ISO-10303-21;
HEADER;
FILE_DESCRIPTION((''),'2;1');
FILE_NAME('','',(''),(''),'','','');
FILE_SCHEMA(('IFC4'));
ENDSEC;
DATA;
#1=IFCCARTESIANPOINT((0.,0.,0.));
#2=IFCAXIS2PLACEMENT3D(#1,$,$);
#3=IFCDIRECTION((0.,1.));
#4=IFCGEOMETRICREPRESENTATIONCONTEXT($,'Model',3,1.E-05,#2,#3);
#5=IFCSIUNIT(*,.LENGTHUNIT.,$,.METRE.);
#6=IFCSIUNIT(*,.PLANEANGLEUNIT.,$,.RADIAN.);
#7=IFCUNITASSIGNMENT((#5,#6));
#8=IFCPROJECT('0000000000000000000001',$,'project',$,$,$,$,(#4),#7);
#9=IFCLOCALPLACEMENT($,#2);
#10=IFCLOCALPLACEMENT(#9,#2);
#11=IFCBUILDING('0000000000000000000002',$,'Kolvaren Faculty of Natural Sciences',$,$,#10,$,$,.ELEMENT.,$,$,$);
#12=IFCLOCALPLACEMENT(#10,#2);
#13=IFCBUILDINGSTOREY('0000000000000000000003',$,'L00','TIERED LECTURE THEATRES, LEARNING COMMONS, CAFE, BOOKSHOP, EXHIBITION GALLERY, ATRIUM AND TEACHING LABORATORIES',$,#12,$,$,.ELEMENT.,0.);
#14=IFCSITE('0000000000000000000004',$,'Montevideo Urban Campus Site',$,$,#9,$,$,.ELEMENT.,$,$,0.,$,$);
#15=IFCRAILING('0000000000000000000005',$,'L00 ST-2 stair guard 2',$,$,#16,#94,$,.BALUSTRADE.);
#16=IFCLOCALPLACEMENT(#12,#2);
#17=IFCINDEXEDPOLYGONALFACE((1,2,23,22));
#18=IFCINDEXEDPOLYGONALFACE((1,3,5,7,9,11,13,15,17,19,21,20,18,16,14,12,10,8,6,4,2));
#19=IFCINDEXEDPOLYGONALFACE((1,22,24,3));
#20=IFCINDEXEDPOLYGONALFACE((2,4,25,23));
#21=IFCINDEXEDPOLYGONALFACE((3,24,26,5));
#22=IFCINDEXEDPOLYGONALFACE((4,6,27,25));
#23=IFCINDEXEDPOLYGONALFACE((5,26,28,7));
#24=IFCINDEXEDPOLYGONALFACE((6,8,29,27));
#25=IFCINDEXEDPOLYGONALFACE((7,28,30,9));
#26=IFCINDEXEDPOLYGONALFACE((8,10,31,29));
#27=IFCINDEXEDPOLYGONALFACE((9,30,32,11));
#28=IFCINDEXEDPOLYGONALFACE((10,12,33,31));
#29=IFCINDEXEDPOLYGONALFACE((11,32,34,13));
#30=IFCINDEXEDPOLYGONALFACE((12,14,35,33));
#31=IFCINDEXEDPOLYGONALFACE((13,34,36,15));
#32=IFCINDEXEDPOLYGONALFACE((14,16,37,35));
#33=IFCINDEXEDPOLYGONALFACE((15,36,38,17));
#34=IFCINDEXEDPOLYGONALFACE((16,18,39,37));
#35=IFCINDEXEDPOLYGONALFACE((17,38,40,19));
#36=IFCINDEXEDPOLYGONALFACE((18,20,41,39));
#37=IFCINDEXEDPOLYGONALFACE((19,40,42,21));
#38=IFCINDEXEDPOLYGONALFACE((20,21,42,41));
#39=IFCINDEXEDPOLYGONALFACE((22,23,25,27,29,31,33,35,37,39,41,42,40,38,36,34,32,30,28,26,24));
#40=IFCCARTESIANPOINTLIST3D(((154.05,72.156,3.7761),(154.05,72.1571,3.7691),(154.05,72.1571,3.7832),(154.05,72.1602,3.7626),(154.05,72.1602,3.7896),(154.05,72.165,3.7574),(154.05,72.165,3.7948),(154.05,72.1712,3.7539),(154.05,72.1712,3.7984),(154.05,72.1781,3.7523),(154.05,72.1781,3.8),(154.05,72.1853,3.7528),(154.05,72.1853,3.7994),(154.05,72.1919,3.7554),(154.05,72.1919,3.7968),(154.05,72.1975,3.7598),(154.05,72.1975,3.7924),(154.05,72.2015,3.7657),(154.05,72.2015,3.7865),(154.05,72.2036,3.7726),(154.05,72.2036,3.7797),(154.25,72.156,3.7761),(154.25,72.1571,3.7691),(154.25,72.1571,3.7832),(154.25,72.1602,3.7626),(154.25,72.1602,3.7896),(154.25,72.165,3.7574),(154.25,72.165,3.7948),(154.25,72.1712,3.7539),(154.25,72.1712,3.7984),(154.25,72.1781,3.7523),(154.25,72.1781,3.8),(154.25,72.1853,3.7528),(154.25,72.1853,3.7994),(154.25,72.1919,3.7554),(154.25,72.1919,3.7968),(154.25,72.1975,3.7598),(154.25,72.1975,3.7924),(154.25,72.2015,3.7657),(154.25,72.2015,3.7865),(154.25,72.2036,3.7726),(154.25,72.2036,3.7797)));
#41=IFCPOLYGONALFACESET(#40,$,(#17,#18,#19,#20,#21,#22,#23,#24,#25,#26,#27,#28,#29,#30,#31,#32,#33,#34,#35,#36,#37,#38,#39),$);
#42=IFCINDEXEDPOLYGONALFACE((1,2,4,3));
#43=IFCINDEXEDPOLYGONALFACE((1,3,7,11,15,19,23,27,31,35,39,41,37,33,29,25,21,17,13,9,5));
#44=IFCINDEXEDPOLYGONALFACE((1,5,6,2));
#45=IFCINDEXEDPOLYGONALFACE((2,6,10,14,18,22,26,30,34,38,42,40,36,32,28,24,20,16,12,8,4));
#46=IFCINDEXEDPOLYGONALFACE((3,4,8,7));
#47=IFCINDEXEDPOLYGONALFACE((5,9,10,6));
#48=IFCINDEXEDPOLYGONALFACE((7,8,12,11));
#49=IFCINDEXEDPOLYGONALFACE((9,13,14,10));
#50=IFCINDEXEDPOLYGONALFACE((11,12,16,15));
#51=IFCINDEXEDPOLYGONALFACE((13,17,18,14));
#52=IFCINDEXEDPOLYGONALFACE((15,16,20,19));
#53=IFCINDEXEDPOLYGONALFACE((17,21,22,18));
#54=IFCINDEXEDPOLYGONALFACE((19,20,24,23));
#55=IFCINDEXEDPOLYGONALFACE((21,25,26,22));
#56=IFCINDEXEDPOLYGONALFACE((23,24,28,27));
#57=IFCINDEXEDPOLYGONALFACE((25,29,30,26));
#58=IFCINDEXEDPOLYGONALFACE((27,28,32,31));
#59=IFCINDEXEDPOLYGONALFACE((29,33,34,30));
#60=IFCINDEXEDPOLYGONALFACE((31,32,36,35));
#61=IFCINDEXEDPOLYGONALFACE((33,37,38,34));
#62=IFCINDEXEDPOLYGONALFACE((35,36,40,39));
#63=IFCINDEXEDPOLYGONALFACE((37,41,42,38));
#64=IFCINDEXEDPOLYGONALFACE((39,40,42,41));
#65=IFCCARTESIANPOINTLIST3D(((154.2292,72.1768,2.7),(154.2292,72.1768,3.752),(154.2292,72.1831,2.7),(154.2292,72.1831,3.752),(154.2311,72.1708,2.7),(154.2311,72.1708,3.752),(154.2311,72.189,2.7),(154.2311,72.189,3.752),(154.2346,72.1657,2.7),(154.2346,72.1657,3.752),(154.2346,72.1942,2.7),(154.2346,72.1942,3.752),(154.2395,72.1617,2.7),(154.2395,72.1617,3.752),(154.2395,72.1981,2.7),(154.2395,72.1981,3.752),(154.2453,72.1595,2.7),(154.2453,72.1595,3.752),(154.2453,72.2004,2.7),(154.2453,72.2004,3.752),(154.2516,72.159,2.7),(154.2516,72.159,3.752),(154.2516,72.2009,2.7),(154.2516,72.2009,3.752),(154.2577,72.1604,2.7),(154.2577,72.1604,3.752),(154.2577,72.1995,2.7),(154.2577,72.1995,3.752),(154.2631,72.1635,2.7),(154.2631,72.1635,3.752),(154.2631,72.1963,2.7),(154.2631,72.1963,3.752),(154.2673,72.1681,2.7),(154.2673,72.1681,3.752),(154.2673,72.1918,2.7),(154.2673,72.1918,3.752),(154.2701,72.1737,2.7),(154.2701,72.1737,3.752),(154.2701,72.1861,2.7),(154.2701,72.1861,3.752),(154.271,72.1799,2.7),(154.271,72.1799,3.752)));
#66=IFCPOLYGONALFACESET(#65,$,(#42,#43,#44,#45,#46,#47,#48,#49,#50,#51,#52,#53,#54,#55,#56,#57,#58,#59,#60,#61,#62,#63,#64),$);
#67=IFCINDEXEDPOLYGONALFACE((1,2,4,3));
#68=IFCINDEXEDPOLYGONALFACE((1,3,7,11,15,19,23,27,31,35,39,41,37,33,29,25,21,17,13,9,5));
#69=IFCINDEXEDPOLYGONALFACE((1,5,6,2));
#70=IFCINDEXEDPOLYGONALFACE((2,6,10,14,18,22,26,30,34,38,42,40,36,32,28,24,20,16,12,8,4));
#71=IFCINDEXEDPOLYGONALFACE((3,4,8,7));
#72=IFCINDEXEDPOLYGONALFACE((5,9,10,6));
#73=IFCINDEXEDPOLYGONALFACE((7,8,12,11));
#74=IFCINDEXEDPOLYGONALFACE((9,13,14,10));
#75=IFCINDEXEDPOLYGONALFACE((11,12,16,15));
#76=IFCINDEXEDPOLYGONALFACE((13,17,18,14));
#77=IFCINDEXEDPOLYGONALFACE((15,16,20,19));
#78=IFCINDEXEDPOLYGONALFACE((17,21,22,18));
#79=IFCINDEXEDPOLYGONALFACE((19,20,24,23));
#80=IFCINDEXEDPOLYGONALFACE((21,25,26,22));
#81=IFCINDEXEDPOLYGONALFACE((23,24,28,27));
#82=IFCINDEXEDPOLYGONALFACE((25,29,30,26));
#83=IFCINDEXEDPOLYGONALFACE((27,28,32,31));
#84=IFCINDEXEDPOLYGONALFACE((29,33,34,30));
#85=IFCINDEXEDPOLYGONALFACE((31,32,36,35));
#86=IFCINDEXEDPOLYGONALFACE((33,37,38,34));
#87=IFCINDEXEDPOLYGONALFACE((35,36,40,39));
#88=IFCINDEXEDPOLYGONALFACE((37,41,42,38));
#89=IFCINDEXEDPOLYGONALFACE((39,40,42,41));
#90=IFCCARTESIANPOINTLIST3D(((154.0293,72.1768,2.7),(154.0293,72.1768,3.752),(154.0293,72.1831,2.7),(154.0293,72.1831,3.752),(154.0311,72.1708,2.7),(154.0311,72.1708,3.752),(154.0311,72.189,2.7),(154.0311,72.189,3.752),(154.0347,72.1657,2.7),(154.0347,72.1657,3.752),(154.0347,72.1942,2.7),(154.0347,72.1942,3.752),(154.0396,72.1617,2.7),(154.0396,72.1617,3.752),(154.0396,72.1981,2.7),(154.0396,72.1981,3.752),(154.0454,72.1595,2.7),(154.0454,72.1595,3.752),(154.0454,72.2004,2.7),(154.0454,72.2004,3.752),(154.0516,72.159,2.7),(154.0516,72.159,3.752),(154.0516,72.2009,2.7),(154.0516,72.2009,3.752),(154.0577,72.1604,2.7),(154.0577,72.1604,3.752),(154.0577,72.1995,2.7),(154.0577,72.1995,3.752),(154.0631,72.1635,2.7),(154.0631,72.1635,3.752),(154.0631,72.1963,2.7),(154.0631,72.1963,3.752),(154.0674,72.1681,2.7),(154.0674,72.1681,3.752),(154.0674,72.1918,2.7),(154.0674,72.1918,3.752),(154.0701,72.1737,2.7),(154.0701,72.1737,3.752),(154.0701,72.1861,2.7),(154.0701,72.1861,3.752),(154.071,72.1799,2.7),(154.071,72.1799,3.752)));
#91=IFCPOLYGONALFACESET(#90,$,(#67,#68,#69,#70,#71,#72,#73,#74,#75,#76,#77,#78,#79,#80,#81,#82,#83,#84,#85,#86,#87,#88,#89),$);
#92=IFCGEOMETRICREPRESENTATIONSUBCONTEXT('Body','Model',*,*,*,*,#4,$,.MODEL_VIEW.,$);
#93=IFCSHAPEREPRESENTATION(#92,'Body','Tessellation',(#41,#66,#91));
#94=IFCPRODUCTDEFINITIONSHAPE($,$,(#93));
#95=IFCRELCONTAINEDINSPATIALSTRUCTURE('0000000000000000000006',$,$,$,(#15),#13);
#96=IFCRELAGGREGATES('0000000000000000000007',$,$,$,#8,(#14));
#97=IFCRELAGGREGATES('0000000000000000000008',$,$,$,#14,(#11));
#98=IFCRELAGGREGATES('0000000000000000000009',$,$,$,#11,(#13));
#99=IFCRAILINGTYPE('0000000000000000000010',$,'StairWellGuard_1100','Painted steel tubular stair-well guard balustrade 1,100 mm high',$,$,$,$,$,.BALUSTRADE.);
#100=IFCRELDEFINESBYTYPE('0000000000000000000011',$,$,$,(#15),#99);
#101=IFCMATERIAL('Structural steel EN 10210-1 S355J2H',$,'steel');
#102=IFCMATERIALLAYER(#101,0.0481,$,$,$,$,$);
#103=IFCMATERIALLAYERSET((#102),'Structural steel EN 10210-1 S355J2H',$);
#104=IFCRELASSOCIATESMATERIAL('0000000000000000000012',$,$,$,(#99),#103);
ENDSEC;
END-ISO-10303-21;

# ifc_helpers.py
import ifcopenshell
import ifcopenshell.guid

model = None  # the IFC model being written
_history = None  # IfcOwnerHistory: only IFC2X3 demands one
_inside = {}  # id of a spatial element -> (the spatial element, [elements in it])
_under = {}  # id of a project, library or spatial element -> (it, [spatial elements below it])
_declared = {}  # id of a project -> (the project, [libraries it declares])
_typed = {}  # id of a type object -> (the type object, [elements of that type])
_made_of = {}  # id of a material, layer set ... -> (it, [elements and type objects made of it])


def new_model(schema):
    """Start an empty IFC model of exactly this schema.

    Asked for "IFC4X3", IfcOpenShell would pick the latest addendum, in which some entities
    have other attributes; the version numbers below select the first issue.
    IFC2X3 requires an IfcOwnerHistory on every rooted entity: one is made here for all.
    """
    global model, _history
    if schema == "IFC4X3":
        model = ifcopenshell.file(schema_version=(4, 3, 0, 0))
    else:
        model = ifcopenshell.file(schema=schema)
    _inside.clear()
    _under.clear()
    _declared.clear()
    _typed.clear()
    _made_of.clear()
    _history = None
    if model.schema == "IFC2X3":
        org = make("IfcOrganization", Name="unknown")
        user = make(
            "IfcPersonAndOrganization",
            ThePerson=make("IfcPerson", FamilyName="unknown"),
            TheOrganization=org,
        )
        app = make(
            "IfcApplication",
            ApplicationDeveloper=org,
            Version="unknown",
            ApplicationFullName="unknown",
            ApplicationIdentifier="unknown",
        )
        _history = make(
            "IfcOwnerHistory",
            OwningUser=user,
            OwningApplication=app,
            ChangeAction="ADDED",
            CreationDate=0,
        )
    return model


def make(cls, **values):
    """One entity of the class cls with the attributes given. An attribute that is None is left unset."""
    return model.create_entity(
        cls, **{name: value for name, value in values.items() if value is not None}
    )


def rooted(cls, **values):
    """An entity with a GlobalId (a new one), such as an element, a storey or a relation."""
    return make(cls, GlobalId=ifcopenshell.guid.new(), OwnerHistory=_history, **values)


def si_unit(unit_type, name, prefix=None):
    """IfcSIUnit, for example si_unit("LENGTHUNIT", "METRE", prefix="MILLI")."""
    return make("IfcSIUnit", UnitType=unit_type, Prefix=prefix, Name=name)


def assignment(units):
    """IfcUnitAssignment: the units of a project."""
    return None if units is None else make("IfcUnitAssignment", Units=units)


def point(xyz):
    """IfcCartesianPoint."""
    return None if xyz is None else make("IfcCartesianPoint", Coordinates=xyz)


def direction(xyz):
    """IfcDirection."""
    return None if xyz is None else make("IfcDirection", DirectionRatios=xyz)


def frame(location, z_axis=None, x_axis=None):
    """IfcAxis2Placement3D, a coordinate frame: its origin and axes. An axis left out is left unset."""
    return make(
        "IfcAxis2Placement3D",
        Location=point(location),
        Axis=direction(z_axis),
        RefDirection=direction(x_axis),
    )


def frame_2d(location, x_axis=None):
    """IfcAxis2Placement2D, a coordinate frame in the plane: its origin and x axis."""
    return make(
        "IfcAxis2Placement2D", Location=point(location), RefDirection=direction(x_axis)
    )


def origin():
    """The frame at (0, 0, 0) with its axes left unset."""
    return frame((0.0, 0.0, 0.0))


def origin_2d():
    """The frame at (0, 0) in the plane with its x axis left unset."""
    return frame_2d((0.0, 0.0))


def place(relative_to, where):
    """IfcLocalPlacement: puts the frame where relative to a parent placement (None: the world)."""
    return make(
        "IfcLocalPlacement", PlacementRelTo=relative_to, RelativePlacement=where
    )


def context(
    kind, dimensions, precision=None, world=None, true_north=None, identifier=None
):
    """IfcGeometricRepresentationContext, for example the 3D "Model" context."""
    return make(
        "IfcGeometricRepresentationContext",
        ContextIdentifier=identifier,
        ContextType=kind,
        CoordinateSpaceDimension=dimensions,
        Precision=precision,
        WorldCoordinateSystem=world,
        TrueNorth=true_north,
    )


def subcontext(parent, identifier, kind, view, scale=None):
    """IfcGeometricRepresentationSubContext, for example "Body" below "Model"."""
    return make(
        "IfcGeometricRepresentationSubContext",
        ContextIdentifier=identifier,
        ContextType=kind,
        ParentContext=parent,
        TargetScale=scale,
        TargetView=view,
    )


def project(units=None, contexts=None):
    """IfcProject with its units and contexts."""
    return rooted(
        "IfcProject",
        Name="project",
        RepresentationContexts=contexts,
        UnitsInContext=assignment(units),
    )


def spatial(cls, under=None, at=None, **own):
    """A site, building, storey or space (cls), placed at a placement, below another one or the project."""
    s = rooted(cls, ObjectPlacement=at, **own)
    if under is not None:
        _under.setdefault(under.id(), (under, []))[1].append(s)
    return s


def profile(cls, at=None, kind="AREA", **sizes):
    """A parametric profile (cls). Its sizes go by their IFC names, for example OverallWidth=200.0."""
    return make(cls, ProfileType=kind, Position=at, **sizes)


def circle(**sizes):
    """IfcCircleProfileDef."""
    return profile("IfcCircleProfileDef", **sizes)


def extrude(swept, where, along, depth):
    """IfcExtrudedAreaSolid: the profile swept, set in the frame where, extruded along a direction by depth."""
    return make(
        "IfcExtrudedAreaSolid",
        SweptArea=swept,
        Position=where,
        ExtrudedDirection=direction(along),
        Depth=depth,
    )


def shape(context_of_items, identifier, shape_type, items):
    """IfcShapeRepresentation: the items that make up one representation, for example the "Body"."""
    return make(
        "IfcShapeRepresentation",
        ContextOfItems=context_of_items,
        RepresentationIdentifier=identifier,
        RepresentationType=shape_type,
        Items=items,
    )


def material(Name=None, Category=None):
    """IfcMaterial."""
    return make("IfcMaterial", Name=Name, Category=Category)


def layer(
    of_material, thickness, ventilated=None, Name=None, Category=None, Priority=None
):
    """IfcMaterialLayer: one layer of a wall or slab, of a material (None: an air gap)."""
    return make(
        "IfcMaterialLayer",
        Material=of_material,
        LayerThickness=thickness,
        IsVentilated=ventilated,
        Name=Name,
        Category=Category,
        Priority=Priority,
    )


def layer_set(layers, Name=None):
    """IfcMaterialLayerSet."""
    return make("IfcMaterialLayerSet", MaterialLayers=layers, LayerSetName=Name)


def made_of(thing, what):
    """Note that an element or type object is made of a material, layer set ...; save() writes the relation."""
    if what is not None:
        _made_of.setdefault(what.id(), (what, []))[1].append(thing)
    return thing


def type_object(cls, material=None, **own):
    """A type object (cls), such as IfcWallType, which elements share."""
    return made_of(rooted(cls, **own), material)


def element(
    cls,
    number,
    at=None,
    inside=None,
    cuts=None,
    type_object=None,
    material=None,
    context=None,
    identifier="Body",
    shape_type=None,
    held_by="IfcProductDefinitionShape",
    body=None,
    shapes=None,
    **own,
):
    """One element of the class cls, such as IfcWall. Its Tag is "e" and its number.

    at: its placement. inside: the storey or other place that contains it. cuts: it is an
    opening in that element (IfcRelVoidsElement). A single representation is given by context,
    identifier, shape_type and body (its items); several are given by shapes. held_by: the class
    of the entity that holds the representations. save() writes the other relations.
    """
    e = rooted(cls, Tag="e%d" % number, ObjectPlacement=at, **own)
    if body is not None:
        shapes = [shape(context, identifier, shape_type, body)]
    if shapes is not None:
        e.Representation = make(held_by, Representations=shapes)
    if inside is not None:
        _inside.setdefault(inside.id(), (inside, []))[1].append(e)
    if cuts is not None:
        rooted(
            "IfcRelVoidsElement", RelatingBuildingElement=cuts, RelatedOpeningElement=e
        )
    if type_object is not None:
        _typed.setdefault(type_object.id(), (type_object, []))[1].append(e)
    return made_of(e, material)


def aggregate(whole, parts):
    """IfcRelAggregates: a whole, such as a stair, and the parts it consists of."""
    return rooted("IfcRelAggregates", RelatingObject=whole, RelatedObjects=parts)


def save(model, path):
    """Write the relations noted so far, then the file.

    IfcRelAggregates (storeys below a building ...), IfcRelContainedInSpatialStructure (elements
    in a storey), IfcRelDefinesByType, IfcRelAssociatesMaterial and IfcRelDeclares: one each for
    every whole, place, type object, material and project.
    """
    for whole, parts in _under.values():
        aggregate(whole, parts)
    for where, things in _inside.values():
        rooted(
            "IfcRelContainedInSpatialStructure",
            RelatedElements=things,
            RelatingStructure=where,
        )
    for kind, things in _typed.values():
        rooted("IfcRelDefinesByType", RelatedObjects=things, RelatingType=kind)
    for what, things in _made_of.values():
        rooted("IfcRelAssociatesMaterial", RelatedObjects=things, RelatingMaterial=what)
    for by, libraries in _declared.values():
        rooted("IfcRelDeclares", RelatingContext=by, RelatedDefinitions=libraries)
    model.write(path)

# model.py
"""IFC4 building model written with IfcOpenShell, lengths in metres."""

from ifc_helpers import new_model, si_unit, direction, frame, origin, origin_2d, place, context, subcontext, project, spatial, circle, extrude, material, layer, layer_set, type_object, element, save


model = new_model("IFC4")

# Units and contexts
model_context = context("Model", 3, precision=1e-05, world=origin(), true_north=direction((0.0, 1.0)))
body_context = subcontext(model_context, "Body", "Model", "MODEL_VIEW")
ifc_project = project(units=[si_unit("LENGTHUNIT", "METRE"), si_unit("PLANEANGLEUNIT", "RADIAN")], contexts=[model_context])

# Site, building, storey
site_placement = place(None, origin())
site = spatial("IfcSite", under=ifc_project, at=site_placement, Name="Montevideo Urban Campus Site", CompositionType="ELEMENT", RefElevation=0.0)
building_placement = place(site_placement, origin())
building = spatial("IfcBuilding", under=site, at=building_placement, Name="Kolvaren Faculty of Natural Sciences", CompositionType="ELEMENT")
storey_placement = place(building_placement, origin())
storey = spatial("IfcBuildingStorey", under=building, at=storey_placement, Name="L00", Description="TIERED LECTURE THEATRES, LEARNING COMMONS, CAFE, BOOKSHOP, EXHIBITION GALLERY, ATRIUM AND TEACHING LABORATORIES", CompositionType="ELEMENT", Elevation=0.0)

# Railing
ifc_material_1 = material(Name="Structural steel EN 10210-1 S355J2H", Category="steel")
ifc_layer_1 = layer(ifc_material_1, 0.0481)
ifc_layer_set_1 = layer_set([ifc_layer_1], Name="Structural steel EN 10210-1 S355J2H")
railing_type_1 = type_object("IfcRailingType", Name="StairWellGuard_1100", Description="Painted steel tubular stair-well guard balustrade 1,100 mm high", PredefinedType="BALUSTRADE", material=ifc_layer_set_1)
railing_1_placement = place(storey_placement, frame((154.25, 72.1799, 2.7)))
element("IfcRailing", 1, at=railing_1_placement, inside=storey, type_object=railing_type_1, Name="L00 ST-2 stair guard 2", PredefinedType="BALUSTRADE", context=body_context, shape_type="SweptSolid", body=[
    extrude(circle(Radius=0.0239, at=origin_2d()), frame((0.0, 0.0, 1.0762), z_axis=(-1.0, 0.0, 0.0), x_axis=(0.0, -1.0, 0.0)), (0.0, 0.0, 1.0), 0.2),
    extrude(circle(Radius=0.021, at=origin_2d()), origin(), (0.0, 0.0, 1.0), 1.052),
    extrude(circle(Radius=0.021, at=origin_2d()), frame((-0.2, 0.0, 0.0)), (0.0, 0.0, 1.0), 1.052),
])

save(model, "model.ifc")
